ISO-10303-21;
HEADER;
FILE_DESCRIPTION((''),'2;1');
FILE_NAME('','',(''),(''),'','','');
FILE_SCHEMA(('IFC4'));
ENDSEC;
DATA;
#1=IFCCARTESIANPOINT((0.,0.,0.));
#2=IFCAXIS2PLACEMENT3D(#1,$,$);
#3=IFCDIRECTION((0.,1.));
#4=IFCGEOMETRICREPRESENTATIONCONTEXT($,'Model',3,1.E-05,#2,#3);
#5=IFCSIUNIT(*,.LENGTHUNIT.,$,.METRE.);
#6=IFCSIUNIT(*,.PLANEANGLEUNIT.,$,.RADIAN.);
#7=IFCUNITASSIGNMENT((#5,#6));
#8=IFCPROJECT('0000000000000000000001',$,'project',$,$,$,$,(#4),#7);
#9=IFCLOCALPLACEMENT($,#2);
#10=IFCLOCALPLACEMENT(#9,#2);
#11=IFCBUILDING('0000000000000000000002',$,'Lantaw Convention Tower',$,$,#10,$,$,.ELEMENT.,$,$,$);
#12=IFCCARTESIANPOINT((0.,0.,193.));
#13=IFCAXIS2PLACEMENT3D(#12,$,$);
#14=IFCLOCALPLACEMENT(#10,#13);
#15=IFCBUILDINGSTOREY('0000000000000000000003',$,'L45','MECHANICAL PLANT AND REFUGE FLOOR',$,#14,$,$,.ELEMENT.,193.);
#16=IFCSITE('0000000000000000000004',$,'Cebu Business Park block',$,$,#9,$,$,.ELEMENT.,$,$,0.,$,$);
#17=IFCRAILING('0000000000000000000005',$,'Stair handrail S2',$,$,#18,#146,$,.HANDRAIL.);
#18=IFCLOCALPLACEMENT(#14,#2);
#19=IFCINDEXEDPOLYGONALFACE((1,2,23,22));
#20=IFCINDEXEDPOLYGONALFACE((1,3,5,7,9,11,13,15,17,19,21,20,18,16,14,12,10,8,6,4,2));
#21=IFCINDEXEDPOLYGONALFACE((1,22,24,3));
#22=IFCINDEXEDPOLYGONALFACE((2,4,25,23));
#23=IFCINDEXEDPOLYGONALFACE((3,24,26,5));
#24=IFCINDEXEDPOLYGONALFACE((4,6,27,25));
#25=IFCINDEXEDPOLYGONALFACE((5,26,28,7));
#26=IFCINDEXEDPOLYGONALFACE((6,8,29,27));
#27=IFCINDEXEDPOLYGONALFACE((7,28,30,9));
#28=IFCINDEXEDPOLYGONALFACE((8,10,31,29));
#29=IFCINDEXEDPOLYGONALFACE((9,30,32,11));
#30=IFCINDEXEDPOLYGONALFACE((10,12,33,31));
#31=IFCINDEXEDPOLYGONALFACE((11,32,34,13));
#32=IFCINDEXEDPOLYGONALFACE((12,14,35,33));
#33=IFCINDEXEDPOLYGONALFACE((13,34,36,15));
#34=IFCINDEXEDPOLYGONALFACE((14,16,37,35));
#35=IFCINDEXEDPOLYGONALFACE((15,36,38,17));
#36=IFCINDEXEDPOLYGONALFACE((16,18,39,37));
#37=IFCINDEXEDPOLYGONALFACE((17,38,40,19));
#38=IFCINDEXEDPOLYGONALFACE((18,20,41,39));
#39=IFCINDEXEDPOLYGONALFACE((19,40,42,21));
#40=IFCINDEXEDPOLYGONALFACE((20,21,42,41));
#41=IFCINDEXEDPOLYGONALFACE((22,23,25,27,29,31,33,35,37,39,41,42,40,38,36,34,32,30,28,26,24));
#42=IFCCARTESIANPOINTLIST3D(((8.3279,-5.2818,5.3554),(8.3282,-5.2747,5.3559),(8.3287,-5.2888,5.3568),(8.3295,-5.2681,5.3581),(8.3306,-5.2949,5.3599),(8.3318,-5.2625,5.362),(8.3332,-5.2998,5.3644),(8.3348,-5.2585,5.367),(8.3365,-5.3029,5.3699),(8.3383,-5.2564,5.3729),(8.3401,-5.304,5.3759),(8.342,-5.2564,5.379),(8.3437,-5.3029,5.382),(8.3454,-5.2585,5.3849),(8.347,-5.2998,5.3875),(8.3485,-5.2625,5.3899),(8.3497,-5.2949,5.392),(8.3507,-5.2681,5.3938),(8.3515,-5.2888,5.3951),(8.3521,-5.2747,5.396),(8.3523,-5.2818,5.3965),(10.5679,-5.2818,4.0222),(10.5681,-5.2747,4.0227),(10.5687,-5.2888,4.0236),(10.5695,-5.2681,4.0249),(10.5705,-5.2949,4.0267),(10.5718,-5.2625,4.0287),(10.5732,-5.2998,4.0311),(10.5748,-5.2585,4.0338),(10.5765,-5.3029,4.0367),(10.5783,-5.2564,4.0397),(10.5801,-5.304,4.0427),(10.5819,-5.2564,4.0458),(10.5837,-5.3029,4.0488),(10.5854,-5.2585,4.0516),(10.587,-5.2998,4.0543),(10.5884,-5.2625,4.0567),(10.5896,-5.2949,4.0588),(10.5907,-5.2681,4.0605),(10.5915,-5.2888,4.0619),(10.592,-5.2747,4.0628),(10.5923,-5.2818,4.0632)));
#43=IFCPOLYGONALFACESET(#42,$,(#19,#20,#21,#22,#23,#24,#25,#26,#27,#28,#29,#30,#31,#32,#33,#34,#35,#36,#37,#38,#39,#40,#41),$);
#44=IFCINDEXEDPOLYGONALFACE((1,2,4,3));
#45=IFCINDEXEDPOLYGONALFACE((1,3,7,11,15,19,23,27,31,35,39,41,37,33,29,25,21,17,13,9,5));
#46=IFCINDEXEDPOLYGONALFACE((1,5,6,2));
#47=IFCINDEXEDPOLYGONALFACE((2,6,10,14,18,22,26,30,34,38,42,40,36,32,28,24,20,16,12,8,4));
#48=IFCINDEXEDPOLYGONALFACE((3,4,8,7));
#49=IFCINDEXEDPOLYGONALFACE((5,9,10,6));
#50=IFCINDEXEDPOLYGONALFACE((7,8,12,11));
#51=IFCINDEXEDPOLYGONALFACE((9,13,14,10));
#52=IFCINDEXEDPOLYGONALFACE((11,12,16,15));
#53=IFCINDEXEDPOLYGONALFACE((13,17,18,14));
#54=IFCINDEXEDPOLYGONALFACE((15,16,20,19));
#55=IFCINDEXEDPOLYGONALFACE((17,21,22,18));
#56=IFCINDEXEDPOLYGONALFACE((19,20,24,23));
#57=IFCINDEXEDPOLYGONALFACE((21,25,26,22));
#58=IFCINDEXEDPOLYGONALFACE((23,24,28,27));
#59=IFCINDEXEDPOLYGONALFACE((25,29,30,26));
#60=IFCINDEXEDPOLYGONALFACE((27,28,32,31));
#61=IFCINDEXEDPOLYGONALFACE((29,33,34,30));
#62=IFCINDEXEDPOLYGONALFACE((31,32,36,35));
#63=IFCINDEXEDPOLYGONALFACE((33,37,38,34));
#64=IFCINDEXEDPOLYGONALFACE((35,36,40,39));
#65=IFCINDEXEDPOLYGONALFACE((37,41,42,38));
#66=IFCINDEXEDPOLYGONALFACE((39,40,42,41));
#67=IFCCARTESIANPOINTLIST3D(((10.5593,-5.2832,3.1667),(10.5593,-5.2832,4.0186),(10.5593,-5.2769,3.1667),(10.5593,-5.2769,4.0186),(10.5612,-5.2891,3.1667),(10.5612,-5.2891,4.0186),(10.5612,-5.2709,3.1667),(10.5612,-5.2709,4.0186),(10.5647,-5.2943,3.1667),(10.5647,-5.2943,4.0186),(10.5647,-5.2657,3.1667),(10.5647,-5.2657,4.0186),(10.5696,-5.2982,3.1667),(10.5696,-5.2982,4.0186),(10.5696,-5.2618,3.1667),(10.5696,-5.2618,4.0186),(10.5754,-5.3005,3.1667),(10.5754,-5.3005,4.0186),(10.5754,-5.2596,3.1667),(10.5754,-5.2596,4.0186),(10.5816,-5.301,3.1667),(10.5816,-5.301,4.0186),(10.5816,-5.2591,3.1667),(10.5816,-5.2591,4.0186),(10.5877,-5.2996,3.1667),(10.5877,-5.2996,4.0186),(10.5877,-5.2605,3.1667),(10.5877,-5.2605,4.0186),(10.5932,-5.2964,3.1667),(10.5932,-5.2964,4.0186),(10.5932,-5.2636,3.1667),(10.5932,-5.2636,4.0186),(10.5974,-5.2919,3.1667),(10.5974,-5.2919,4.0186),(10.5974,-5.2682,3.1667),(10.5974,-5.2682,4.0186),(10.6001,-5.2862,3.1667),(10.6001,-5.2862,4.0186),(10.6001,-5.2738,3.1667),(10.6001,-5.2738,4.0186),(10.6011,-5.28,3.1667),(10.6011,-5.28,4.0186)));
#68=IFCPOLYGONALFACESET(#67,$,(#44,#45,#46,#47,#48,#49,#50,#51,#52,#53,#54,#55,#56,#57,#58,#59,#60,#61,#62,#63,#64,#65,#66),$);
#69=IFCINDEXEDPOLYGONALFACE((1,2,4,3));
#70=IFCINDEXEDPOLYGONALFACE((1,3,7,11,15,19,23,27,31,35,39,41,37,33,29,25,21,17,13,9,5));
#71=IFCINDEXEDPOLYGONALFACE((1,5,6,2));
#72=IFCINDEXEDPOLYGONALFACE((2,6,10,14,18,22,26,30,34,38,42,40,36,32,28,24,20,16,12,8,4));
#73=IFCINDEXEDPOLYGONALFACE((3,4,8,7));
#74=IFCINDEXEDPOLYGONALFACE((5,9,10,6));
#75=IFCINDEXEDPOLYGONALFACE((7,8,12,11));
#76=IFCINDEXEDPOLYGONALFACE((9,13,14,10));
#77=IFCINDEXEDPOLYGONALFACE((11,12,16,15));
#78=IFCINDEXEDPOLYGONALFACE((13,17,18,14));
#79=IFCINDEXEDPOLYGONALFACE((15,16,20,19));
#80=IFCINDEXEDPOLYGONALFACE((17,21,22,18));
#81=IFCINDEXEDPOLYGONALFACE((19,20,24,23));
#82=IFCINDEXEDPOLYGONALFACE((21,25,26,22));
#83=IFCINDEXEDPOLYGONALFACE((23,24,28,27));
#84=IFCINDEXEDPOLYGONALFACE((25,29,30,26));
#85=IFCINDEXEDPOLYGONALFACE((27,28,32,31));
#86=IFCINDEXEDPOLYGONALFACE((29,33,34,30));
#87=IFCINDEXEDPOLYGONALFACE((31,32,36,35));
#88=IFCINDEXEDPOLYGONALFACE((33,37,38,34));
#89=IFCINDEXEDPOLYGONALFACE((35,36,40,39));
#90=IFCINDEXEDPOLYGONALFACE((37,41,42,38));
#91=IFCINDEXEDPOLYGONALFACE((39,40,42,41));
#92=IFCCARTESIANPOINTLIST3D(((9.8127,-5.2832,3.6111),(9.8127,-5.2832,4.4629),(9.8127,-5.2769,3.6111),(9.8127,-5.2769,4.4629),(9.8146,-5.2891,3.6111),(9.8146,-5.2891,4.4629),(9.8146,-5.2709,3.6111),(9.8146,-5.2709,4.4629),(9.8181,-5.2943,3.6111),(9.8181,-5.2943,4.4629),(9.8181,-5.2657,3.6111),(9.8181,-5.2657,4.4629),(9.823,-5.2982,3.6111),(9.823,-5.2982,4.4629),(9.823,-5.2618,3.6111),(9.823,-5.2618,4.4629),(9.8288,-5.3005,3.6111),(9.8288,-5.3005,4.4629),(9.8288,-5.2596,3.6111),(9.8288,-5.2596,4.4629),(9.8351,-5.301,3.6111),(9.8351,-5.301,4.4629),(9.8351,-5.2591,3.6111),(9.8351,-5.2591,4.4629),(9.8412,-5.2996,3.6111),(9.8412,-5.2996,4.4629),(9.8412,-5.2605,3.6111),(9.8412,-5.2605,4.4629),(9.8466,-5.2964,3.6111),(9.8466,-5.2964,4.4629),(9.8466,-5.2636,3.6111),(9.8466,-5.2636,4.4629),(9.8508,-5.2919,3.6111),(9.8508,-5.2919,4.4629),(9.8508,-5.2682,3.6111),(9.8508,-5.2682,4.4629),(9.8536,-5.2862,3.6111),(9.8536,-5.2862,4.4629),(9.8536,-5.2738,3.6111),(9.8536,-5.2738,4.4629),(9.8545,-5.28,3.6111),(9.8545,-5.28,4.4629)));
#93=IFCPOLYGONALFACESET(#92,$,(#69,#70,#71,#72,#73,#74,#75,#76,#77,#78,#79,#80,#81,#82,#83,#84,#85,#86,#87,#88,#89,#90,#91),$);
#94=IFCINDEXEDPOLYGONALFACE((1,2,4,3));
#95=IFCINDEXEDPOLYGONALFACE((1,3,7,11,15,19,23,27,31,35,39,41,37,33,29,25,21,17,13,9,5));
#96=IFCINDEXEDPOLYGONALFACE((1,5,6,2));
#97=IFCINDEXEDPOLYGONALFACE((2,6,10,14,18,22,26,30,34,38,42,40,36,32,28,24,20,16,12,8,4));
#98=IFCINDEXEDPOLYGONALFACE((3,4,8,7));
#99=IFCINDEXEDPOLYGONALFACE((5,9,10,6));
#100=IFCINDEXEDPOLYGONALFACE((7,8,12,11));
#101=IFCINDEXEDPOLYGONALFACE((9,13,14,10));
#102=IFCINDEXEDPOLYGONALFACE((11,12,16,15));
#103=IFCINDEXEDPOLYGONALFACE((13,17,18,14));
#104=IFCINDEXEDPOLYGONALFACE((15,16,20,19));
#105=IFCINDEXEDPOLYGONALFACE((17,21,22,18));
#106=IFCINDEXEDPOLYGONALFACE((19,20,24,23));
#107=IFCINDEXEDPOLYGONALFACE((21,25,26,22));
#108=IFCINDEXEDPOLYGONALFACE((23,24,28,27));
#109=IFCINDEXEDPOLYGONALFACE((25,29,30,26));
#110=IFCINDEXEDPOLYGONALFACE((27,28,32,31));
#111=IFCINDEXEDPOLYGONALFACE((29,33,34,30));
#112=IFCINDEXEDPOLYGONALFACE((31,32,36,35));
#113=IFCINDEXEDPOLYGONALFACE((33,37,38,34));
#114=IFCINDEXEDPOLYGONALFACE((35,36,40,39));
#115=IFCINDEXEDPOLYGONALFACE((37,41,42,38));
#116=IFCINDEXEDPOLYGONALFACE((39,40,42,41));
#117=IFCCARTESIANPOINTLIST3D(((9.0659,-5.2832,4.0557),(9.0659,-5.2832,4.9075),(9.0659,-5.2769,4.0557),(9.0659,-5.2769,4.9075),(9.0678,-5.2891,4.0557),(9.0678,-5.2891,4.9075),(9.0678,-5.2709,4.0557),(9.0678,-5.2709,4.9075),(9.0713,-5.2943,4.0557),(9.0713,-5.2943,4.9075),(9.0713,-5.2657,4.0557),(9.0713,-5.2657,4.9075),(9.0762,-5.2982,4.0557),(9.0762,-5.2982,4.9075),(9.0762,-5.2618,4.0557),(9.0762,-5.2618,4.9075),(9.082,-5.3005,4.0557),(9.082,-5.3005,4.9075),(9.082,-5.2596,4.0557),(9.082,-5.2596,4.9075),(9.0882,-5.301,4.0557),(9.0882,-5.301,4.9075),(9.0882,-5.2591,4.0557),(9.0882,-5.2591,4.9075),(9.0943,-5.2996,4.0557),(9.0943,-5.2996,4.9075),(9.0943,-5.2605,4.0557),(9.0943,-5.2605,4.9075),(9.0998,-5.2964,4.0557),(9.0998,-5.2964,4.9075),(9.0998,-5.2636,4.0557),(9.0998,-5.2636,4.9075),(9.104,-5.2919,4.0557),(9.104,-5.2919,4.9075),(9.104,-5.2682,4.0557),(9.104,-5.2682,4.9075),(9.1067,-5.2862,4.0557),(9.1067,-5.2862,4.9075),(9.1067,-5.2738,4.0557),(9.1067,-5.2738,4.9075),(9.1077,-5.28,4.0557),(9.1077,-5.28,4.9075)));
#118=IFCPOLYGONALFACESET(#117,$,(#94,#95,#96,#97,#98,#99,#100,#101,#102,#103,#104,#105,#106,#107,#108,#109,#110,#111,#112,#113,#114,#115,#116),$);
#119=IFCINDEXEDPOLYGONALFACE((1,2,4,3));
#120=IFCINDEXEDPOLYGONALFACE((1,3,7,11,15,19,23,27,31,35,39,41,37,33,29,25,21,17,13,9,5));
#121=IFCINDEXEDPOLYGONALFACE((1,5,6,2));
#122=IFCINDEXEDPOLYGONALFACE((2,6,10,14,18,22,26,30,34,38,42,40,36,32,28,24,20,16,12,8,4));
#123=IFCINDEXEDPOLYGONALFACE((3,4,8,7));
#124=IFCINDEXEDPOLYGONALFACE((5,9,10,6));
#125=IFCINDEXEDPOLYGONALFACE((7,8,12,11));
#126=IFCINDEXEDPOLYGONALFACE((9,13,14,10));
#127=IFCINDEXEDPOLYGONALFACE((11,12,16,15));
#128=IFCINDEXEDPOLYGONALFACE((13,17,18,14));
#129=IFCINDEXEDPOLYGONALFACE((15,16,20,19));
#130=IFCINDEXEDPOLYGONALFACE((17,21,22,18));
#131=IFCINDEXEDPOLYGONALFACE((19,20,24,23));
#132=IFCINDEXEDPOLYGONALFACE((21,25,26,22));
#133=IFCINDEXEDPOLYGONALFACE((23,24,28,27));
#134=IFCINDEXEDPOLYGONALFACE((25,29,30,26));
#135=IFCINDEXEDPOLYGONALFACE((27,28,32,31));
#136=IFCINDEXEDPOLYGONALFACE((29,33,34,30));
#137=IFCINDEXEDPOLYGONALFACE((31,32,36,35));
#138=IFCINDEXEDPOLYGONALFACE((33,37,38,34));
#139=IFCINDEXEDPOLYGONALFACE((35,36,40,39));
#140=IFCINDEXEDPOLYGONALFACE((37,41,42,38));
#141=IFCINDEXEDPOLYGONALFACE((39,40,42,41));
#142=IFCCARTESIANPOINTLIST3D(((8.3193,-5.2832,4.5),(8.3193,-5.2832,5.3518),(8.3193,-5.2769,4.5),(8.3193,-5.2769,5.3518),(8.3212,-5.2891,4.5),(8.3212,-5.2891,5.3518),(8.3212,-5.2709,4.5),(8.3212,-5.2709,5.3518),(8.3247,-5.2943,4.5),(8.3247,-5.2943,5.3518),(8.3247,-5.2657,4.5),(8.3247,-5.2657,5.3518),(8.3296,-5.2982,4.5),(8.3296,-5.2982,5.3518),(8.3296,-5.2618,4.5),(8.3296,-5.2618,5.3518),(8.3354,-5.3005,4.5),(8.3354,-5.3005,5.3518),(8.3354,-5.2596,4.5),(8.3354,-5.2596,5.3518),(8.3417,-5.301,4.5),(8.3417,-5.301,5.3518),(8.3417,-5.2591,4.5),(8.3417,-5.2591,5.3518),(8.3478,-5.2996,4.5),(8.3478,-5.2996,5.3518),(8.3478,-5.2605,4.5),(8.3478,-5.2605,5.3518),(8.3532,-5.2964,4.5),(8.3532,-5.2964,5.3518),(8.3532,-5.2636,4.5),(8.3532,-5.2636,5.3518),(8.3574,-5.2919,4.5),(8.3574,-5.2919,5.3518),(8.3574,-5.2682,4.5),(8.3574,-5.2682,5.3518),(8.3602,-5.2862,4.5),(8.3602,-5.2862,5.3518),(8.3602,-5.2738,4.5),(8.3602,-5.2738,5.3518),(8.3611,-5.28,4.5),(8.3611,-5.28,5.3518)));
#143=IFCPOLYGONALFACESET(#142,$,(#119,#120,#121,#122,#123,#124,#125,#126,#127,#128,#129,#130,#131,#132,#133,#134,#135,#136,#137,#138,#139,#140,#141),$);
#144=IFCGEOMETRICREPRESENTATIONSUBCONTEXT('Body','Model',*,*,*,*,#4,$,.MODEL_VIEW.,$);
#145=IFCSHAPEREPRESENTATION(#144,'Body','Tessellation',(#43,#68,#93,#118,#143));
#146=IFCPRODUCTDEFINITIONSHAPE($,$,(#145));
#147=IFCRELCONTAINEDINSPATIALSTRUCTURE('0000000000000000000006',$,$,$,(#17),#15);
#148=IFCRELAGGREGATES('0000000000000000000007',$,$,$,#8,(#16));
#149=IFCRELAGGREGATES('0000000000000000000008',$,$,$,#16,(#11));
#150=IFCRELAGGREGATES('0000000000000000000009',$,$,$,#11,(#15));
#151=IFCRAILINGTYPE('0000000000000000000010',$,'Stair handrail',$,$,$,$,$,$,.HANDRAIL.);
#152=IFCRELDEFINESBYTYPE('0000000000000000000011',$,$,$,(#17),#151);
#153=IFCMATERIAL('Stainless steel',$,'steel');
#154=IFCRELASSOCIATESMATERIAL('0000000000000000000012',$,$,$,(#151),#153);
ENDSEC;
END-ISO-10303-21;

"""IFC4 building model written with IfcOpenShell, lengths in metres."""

from ifc_helpers import new_model, si_unit, direction, frame, origin, origin_2d, place, context, subcontext, project, spatial, circle, extrude, material, type_object, element, save


model = new_model("IFC4")

# Units and contexts
model_context = context("Model", 3, precision=1e-05, world=origin(), true_north=direction((0.0, 1.0)))
body_context = subcontext(model_context, "Body", "Model", "MODEL_VIEW")
ifc_project = project(units=[si_unit("LENGTHUNIT", "METRE"), si_unit("PLANEANGLEUNIT", "RADIAN")], contexts=[model_context])

# Site, building, storey
site_placement = place(None, origin())
site = spatial("IfcSite", under=ifc_project, at=site_placement, Name="Cebu Business Park block", CompositionType="ELEMENT", RefElevation=0.0)
building_placement = place(site_placement, origin())
building = spatial("IfcBuilding", under=site, at=building_placement, Name="Lantaw Convention Tower", CompositionType="ELEMENT")
storey_placement = place(building_placement, frame((0.0, 0.0, 193.0)))
storey = spatial("IfcBuildingStorey", under=building, at=storey_placement, Name="L45", Description="MECHANICAL PLANT AND REFUGE FLOOR", CompositionType="ELEMENT", Elevation=193.0)

# Railing
ifc_material_1 = material(Name="Stainless steel", Category="steel")
railing_type = type_object("IfcRailingType", Name="Stair handrail", PredefinedType="HANDRAIL", material=ifc_material_1)
railing_1_placement = place(storey_placement, frame((10.5801, -5.28, 3.1667)))
element("IfcRailing", 1, at=railing_1_placement, inside=storey, type_object=railing_type, Name="Stair handrail S2", PredefinedType="HANDRAIL", context=body_context, shape_type="SweptSolid", body=[
    extrude(circle(Radius=0.0239, at=origin_2d()), frame((0.0, 0.0, 0.876), z_axis=(-0.859306, 0.0, 0.511462), x_axis=(0.0, -1.0, 0.0)), (0.0, 0.0, 1.0), 2.6067),
    extrude(circle(Radius=0.021, at=origin_2d()), origin(), (0.0, 0.0, 1.0), 0.8518),
    extrude(circle(Radius=0.021, at=origin_2d()), frame((-0.7466, 0.0, 0.4443)), (0.0, 0.0, 1.0), 0.8518),
    extrude(circle(Radius=0.021, at=origin_2d()), frame((-1.4934, 0.0, 0.8889)), (0.0, 0.0, 1.0), 0.8518),
    extrude(circle(Radius=0.021, at=origin_2d()), frame((-2.24, 0.0, 1.3333)), (0.0, 0.0, 1.0), 0.8518),
])

save(model, "model.ifc")
